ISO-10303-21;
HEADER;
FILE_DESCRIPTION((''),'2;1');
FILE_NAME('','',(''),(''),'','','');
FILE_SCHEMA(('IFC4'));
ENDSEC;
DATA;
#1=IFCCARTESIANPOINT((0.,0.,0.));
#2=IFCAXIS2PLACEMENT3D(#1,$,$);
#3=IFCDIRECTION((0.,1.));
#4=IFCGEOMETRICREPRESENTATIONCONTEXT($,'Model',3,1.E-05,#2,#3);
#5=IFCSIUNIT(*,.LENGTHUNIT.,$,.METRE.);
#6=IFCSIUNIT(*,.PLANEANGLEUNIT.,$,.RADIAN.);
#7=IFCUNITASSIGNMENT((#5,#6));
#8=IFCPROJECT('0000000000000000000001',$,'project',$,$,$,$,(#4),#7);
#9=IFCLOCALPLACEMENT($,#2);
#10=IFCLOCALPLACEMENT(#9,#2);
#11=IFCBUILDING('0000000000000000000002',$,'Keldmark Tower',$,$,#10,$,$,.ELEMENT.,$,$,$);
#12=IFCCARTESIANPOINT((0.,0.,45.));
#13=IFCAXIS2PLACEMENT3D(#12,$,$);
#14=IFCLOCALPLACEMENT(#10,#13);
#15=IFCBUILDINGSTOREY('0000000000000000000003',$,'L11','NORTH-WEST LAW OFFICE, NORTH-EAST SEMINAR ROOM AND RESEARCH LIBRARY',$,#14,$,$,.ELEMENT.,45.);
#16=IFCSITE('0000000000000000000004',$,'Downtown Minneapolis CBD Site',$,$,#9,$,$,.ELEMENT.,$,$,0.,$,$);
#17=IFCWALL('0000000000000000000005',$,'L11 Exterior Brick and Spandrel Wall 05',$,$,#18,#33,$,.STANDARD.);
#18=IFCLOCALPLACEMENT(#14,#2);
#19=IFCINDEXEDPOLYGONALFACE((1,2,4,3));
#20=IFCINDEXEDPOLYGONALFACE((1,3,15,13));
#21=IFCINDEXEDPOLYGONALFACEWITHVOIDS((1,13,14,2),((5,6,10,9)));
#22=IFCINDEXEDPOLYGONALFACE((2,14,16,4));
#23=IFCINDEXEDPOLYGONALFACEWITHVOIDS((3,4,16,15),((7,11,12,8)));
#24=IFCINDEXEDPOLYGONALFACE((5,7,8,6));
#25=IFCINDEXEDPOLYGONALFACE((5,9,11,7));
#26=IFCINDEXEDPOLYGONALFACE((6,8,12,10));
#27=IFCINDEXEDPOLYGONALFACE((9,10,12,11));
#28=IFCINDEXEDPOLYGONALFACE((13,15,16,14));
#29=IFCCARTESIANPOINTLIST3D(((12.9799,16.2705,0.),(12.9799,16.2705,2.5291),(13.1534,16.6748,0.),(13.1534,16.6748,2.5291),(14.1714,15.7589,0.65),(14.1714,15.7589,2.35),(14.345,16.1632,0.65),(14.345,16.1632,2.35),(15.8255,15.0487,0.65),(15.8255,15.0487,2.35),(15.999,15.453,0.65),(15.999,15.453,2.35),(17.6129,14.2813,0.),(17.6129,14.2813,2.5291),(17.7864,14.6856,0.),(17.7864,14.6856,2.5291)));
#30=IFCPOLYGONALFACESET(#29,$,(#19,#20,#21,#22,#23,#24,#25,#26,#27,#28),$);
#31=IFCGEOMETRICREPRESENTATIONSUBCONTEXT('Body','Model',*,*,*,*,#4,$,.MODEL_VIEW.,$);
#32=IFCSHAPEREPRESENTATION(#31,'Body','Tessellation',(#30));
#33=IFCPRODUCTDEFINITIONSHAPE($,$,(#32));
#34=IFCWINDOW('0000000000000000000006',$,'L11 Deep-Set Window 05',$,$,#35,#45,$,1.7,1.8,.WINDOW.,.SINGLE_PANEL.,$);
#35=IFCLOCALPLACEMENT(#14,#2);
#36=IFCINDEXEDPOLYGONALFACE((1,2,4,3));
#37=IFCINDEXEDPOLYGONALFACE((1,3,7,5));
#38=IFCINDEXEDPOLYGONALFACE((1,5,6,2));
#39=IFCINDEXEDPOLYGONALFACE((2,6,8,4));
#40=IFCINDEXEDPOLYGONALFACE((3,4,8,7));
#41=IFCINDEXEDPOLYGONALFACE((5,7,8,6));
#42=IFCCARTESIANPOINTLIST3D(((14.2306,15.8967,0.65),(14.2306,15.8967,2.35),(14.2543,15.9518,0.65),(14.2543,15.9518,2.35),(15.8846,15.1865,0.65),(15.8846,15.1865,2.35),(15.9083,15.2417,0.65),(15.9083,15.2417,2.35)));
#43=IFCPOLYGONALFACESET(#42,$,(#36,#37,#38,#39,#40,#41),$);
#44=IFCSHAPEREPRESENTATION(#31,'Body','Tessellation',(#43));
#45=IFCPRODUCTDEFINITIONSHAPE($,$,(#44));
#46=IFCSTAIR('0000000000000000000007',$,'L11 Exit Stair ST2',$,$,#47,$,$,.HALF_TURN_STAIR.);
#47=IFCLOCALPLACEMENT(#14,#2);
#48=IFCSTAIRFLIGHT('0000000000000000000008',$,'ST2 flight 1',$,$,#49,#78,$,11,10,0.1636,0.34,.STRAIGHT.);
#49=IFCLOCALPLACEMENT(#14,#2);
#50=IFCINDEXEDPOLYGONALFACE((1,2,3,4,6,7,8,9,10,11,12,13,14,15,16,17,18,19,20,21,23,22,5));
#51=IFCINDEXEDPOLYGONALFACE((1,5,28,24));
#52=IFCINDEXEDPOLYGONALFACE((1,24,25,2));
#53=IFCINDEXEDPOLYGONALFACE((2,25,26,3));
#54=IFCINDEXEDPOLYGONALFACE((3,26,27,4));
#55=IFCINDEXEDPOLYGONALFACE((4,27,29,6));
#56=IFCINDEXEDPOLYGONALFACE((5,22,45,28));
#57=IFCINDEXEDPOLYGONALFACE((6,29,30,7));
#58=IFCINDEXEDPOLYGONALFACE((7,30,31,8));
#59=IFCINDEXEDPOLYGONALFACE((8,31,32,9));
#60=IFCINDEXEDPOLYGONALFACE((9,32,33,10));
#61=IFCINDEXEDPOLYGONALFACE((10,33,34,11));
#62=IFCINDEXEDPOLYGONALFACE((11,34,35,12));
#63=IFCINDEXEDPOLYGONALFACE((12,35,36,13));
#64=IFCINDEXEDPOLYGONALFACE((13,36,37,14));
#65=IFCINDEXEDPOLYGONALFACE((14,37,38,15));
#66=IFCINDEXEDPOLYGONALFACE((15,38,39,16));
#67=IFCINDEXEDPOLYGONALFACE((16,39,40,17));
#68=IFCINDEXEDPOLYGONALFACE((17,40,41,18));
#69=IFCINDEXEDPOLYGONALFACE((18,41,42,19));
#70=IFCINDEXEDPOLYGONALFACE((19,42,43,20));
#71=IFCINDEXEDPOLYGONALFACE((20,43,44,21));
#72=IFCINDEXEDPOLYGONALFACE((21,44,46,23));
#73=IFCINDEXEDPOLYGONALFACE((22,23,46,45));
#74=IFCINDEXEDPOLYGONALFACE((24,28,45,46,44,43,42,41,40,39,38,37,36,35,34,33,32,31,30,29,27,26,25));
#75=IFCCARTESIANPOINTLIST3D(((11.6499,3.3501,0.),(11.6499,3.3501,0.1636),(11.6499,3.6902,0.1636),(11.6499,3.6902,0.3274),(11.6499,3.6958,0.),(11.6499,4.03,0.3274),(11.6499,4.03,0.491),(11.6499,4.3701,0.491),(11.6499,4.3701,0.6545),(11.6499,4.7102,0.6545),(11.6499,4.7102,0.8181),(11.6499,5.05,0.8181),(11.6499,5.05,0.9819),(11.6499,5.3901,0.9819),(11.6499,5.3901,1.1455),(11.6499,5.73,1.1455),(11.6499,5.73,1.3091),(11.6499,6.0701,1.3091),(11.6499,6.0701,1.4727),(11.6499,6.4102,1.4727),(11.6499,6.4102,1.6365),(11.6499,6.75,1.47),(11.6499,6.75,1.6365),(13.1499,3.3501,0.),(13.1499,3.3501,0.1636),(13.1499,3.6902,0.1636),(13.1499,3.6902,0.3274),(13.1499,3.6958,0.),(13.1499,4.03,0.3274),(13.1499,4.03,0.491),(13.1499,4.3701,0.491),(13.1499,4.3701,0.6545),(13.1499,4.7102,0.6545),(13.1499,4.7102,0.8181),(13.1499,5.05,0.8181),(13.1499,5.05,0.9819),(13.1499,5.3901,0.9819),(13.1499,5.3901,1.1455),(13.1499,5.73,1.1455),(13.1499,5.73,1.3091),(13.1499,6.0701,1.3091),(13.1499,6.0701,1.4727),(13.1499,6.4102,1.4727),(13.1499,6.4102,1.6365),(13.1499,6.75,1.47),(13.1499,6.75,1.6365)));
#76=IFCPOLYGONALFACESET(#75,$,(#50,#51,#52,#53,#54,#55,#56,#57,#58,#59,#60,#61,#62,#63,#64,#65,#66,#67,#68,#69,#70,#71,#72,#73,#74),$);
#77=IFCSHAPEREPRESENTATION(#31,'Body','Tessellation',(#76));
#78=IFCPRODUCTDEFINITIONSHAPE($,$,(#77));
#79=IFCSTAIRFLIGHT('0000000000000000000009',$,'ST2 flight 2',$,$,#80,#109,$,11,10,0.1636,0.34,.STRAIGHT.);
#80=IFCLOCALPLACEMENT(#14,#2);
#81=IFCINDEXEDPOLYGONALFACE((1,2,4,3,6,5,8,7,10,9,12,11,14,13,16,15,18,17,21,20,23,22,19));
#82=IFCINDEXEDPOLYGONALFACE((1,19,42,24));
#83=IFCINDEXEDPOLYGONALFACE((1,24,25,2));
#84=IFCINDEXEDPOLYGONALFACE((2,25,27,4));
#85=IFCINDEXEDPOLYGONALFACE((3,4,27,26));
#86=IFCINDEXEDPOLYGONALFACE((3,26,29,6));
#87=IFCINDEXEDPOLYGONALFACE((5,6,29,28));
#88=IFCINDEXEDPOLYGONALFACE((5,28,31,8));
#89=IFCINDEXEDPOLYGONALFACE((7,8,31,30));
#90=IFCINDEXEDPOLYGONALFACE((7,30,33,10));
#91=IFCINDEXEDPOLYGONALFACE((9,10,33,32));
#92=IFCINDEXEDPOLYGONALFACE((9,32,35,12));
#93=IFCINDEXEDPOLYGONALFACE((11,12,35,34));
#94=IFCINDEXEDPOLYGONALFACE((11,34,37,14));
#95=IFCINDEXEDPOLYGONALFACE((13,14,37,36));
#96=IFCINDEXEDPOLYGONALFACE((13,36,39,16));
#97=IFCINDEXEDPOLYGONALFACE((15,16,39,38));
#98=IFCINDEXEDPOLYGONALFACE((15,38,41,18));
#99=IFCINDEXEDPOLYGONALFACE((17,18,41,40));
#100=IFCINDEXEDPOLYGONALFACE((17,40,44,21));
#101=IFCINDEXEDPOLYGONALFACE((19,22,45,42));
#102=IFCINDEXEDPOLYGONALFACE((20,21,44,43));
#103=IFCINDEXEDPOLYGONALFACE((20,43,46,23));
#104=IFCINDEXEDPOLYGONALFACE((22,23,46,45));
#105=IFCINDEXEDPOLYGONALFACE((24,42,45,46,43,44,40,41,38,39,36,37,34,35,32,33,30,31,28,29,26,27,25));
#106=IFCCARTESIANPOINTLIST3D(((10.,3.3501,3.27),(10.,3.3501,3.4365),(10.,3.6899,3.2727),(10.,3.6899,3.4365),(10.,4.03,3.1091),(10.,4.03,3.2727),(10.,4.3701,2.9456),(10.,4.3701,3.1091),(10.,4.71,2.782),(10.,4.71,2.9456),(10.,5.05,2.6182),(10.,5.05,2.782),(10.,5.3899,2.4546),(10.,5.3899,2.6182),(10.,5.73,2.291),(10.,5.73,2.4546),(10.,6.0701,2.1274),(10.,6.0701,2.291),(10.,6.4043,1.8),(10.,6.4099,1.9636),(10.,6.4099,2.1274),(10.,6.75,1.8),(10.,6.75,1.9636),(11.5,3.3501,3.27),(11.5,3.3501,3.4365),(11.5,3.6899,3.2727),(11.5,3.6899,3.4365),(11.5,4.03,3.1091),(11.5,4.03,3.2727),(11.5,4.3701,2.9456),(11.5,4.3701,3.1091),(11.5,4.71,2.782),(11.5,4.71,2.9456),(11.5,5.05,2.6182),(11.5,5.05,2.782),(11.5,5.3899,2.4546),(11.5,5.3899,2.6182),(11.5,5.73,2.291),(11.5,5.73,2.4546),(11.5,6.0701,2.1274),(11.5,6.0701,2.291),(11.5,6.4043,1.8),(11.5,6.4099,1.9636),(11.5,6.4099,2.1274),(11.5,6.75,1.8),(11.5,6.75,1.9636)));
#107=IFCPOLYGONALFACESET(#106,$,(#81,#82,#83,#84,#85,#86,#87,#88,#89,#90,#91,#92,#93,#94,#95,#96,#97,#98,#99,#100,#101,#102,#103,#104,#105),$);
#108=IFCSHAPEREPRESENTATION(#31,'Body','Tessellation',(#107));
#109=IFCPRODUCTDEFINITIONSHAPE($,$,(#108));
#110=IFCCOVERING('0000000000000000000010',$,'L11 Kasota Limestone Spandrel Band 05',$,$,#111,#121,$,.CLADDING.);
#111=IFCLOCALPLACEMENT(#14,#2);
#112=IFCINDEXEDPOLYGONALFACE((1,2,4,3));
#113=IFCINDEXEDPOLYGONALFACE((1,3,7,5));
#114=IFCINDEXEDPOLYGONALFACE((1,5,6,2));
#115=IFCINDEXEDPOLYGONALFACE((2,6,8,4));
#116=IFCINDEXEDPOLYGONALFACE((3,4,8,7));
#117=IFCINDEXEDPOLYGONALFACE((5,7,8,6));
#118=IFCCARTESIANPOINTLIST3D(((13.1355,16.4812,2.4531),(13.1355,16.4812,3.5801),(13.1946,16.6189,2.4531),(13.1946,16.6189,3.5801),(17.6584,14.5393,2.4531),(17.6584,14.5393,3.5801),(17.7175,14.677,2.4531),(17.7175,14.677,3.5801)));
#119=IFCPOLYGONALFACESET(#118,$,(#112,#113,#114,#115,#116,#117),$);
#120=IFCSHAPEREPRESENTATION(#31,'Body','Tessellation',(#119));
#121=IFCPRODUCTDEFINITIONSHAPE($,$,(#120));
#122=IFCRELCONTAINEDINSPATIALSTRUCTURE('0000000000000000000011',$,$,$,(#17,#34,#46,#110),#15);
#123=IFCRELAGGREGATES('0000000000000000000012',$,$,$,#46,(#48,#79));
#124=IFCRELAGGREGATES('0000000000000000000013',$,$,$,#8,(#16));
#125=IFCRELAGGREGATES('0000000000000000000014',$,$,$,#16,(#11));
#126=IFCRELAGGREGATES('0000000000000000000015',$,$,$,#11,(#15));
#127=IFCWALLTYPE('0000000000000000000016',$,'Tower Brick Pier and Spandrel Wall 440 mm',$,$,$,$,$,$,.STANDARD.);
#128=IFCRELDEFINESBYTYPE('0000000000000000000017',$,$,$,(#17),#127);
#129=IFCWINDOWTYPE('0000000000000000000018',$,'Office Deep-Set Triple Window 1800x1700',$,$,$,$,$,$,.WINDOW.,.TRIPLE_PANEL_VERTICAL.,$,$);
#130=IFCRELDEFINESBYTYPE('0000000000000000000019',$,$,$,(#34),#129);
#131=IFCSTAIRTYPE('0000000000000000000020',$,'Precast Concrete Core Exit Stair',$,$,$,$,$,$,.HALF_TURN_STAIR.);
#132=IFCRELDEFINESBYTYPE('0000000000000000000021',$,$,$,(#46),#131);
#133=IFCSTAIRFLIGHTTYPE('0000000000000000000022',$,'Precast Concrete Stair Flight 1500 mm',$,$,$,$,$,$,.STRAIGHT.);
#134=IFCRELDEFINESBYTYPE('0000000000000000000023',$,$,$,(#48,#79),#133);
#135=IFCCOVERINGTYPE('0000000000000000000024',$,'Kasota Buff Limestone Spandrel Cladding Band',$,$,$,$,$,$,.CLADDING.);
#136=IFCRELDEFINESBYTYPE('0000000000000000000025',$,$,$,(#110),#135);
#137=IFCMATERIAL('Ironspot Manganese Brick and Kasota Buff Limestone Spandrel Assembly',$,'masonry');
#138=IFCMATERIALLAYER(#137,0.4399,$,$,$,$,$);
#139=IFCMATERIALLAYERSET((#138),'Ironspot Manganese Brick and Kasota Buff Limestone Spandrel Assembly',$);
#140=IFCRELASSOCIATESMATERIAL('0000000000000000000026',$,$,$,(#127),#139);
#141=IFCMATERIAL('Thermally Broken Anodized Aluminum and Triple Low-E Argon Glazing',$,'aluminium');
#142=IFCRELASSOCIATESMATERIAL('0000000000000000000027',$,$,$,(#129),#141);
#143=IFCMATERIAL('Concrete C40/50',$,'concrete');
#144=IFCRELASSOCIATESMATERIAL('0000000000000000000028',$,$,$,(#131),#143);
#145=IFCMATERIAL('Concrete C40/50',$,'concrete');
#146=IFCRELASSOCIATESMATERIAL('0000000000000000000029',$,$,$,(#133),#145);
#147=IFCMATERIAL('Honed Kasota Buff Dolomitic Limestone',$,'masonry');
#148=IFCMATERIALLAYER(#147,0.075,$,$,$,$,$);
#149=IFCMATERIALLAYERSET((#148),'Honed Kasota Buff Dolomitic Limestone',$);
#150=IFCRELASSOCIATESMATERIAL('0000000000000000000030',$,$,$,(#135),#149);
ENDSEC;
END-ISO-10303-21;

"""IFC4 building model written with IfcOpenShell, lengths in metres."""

from ifc_helpers import new_model, si_unit, direction, frame, frame_2d, origin, origin_2d, place, context, subcontext, project, spatial, polyline, rectangle, outline, extrude, material, layer, layer_set, type_object, element, fill, aggregate, save


model = new_model("IFC4")

# Units and contexts
model_context = context("Model", 3, precision=1e-05, world=origin(), true_north=direction((0.0, 1.0)))
body_context = subcontext(model_context, "Body", "Model", "MODEL_VIEW")
ifc_project = project(units=[si_unit("LENGTHUNIT", "METRE"), si_unit("PLANEANGLEUNIT", "RADIAN")], contexts=[model_context])

# Site, building, storey
site_placement = place(None, origin())
site = spatial("IfcSite", under=ifc_project, at=site_placement, Name="Downtown Minneapolis CBD Site", CompositionType="ELEMENT", RefElevation=0.0)
building_placement = place(site_placement, origin())
building = spatial("IfcBuilding", under=site, at=building_placement, Name="Keldmark Tower", CompositionType="ELEMENT")
storey_placement = place(building_placement, frame((0.0, 0.0, 45.0)))
storey = spatial("IfcBuildingStorey", under=building, at=storey_placement, Name="L11", Description="NORTH-WEST LAW OFFICE, NORTH-EAST SEMINAR ROOM AND RESEARCH LIBRARY", CompositionType="ELEMENT", Elevation=45.0)

# Wall, opening, window
ifc_material_1 = material(Name="Ironspot Manganese Brick and Kasota Buff Limestone Spandrel Assembly", Category="masonry")
ifc_layer_1 = layer(ifc_material_1, 0.4399)
ifc_layer_set_1 = layer_set([ifc_layer_1], Name="Ironspot Manganese Brick and Kasota Buff Limestone Spandrel Assembly")
wall_type_1 = type_object("IfcWallType", Name="Tower Brick Pier and Spandrel Wall 440 mm", PredefinedType="STANDARD", material=ifc_layer_set_1)
ifc_material_2 = material(Name="Thermally Broken Anodized Aluminum and Triple Low-E Argon Glazing", Category="aluminium")
window_type = type_object("IfcWindowType", Name="Office Deep-Set Triple Window 1800x1700", PartitioningType="TRIPLE_PANEL_VERTICAL", PredefinedType="WINDOW", material=ifc_material_2)
wall_1_placement = place(storey_placement, frame((13.0667, 16.4727, 0.0), z_axis=(0.0, 0.0, 1.0), x_axis=(0.918882, -0.394533, 0.0)))
wall_1 = element("IfcWall", 1, at=wall_1_placement, inside=storey, type_object=wall_type_1, Name="L11 Exterior Brick and Spandrel Wall 05", PredefinedType="STANDARD", context=body_context, shape_type="SweptSolid", body=[
    extrude(rectangle(XDim=5.042, YDim=0.4399, at=frame_2d((2.521, 0.0))), origin(), (0.0, 0.0, 1.0), 2.5291),
])
opening_1_placement = place(wall_1_placement, frame((1.2969, 0.0, 0.6499)))
opening_1 = element("IfcOpeningElement", 2, at=opening_1_placement, cuts=wall_1, PredefinedType="OPENING", context=body_context, shape_type="SweptSolid", body=[
    extrude(rectangle(XDim=1.8, YDim=1.7, at=frame_2d((0.8999, 0.8501))), frame((0.0, 0.23, 0.0), z_axis=(0.0, -1.0, 0.0), x_axis=(1.0, 0.0, 0.0)), (0.0, 0.0, 1.0), 0.46),
])
window_1_placement = place(opening_1_placement, origin())
window_1 = element("IfcWindow", 3, at=window_1_placement, inside=storey, type_object=window_type, Name="L11 Deep-Set Window 05", OverallHeight=1.7, OverallWidth=1.8, PartitioningType="SINGLE_PANEL", PredefinedType="WINDOW", context=body_context, shape_type="SweptSolid", body=[
    extrude(rectangle(XDim=1.8, YDim=1.7, at=frame_2d((0.8999, 0.8501))), frame((0.0, -0.01, 0.0), z_axis=(0.0, -1.0, 0.0), x_axis=(1.0, 0.0, 0.0)), (0.0, 0.0, 1.0), 0.0601),
])
fill(opening_1, window_1)

# Stair, stair flights
ifc_material_3 = material(Name="Concrete C40/50", Category="concrete")
stair_type = type_object("IfcStairType", Name="Precast Concrete Core Exit Stair", PredefinedType="HALF_TURN_STAIR", material=ifc_material_3)
stair_placement = place(storey_placement, origin())
stair = element("IfcStair", 4, at=stair_placement, inside=storey, type_object=stair_type, Name="L11 Exit Stair ST2", PredefinedType="HALF_TURN_STAIR")
ifc_material_4 = material(Name="Concrete C40/50", Category="concrete")
stair_flight_type = type_object("IfcStairFlightType", Name="Precast Concrete Stair Flight 1500 mm", PredefinedType="STRAIGHT", material=ifc_material_4)
stair_flight_1_placement = place(storey_placement, frame((12.3999, 3.3501, 0.0), z_axis=(0.0, 0.0, 1.0), x_axis=(0.0, 1.0, 0.0)))
stair_flight_1 = element("IfcStairFlight", 5, at=stair_flight_1_placement, type_object=stair_flight_type, Name="ST2 flight 1", NumberOfRisers=11, NumberOfTreads=10, PredefinedType="STRAIGHT", RiserHeight=0.1636, TreadLength=0.34, context=body_context, shape_type="SweptSolid", body=[
    extrude(outline(polyline([(0.0, 0.0), (0.0, 0.1636), (0.3401, 0.1636), (0.3401, 0.3274), (0.6799, 0.3274), (0.6799, 0.491), (1.02, 0.491), (1.02, 0.6545), (1.3601, 0.6545), (1.3601, 0.8181), (1.7, 0.8181), (1.7, 0.9819), (2.04, 0.9819), (2.04, 1.1455), (2.3799, 1.1455), (2.3799, 1.3091), (2.72, 1.3091), (2.72, 1.4727), (3.0601, 1.4727), (3.0601, 1.6365), (3.3999, 1.6365), (3.3999, 1.8), (3.3999, 1.47), (0.3457, 0.0), (0.0, 0.0)])), frame((0.0, 0.75, 0.0), z_axis=(0.0, -1.0, 0.0), x_axis=(1.0, 0.0, 0.0)), (0.0, 0.0, 1.0), 1.5),
])
stair_flight_2_placement = place(storey_placement, frame((10.75, 6.75, 1.8), z_axis=(0.0, 0.0, 1.0), x_axis=(0.0, -1.0, 0.0)))
stair_flight_2 = element("IfcStairFlight", 6, at=stair_flight_2_placement, type_object=stair_flight_type, Name="ST2 flight 2", NumberOfRisers=11, NumberOfTreads=10, PredefinedType="STRAIGHT", RiserHeight=0.1636, TreadLength=0.34, context=body_context, shape_type="SweptSolid", body=[
    extrude(outline(polyline([(0.0, 0.0), (0.0, 0.1636), (0.3401, 0.1636), (0.3401, 0.3274), (0.6799, 0.3274), (0.6799, 0.491), (1.02, 0.491), (1.02, 0.6545), (1.3601, 0.6545), (1.3601, 0.8181), (1.7, 0.8181), (1.7, 0.9819), (2.04, 0.9819), (2.04, 1.1455), (2.3799, 1.1455), (2.3799, 1.3091), (2.72, 1.3091), (2.72, 1.4727), (3.0601, 1.4727), (3.0601, 1.6365), (3.3999, 1.6365), (3.3999, 1.8), (3.3999, 1.47), (0.3457, 0.0), (0.0, 0.0)])), frame((0.0, 0.75, 0.0), z_axis=(0.0, -1.0, 0.0), x_axis=(1.0, 0.0, 0.0)), (0.0, 0.0, 1.0), 1.5),
])
aggregate(stair, [stair_flight_1, stair_flight_2])

# Covering
ifc_material_5 = material(Name="Honed Kasota Buff Dolomitic Limestone", Category="masonry")
ifc_layer_2 = layer(ifc_material_5, 0.075)
ifc_layer_set_2 = layer_set([ifc_layer_2], Name="Honed Kasota Buff Dolomitic Limestone")
covering_type = type_object("IfcCoveringType", Name="Kasota Buff Limestone Spandrel Cladding Band", PredefinedType="CLADDING", material=ifc_layer_set_2)
covering_placement = place(storey_placement, frame((15.4265, 15.5791, 2.4531), z_axis=(0.0, 0.0, 1.0), x_axis=(-0.918888, 0.394519, 0.0)))
element("IfcCovering", 7, at=covering_placement, inside=storey, type_object=covering_type, Name="L11 Kasota Limestone Spandrel Band 05", PredefinedType="CLADDING", context=body_context, shape_type="SweptSolid", body=[
    extrude(rectangle(XDim=4.9221, YDim=0.1499, at=origin_2d()), origin(), (0.0, 0.0, 1.0), 1.127),
])

save(model, "model.ifc")
